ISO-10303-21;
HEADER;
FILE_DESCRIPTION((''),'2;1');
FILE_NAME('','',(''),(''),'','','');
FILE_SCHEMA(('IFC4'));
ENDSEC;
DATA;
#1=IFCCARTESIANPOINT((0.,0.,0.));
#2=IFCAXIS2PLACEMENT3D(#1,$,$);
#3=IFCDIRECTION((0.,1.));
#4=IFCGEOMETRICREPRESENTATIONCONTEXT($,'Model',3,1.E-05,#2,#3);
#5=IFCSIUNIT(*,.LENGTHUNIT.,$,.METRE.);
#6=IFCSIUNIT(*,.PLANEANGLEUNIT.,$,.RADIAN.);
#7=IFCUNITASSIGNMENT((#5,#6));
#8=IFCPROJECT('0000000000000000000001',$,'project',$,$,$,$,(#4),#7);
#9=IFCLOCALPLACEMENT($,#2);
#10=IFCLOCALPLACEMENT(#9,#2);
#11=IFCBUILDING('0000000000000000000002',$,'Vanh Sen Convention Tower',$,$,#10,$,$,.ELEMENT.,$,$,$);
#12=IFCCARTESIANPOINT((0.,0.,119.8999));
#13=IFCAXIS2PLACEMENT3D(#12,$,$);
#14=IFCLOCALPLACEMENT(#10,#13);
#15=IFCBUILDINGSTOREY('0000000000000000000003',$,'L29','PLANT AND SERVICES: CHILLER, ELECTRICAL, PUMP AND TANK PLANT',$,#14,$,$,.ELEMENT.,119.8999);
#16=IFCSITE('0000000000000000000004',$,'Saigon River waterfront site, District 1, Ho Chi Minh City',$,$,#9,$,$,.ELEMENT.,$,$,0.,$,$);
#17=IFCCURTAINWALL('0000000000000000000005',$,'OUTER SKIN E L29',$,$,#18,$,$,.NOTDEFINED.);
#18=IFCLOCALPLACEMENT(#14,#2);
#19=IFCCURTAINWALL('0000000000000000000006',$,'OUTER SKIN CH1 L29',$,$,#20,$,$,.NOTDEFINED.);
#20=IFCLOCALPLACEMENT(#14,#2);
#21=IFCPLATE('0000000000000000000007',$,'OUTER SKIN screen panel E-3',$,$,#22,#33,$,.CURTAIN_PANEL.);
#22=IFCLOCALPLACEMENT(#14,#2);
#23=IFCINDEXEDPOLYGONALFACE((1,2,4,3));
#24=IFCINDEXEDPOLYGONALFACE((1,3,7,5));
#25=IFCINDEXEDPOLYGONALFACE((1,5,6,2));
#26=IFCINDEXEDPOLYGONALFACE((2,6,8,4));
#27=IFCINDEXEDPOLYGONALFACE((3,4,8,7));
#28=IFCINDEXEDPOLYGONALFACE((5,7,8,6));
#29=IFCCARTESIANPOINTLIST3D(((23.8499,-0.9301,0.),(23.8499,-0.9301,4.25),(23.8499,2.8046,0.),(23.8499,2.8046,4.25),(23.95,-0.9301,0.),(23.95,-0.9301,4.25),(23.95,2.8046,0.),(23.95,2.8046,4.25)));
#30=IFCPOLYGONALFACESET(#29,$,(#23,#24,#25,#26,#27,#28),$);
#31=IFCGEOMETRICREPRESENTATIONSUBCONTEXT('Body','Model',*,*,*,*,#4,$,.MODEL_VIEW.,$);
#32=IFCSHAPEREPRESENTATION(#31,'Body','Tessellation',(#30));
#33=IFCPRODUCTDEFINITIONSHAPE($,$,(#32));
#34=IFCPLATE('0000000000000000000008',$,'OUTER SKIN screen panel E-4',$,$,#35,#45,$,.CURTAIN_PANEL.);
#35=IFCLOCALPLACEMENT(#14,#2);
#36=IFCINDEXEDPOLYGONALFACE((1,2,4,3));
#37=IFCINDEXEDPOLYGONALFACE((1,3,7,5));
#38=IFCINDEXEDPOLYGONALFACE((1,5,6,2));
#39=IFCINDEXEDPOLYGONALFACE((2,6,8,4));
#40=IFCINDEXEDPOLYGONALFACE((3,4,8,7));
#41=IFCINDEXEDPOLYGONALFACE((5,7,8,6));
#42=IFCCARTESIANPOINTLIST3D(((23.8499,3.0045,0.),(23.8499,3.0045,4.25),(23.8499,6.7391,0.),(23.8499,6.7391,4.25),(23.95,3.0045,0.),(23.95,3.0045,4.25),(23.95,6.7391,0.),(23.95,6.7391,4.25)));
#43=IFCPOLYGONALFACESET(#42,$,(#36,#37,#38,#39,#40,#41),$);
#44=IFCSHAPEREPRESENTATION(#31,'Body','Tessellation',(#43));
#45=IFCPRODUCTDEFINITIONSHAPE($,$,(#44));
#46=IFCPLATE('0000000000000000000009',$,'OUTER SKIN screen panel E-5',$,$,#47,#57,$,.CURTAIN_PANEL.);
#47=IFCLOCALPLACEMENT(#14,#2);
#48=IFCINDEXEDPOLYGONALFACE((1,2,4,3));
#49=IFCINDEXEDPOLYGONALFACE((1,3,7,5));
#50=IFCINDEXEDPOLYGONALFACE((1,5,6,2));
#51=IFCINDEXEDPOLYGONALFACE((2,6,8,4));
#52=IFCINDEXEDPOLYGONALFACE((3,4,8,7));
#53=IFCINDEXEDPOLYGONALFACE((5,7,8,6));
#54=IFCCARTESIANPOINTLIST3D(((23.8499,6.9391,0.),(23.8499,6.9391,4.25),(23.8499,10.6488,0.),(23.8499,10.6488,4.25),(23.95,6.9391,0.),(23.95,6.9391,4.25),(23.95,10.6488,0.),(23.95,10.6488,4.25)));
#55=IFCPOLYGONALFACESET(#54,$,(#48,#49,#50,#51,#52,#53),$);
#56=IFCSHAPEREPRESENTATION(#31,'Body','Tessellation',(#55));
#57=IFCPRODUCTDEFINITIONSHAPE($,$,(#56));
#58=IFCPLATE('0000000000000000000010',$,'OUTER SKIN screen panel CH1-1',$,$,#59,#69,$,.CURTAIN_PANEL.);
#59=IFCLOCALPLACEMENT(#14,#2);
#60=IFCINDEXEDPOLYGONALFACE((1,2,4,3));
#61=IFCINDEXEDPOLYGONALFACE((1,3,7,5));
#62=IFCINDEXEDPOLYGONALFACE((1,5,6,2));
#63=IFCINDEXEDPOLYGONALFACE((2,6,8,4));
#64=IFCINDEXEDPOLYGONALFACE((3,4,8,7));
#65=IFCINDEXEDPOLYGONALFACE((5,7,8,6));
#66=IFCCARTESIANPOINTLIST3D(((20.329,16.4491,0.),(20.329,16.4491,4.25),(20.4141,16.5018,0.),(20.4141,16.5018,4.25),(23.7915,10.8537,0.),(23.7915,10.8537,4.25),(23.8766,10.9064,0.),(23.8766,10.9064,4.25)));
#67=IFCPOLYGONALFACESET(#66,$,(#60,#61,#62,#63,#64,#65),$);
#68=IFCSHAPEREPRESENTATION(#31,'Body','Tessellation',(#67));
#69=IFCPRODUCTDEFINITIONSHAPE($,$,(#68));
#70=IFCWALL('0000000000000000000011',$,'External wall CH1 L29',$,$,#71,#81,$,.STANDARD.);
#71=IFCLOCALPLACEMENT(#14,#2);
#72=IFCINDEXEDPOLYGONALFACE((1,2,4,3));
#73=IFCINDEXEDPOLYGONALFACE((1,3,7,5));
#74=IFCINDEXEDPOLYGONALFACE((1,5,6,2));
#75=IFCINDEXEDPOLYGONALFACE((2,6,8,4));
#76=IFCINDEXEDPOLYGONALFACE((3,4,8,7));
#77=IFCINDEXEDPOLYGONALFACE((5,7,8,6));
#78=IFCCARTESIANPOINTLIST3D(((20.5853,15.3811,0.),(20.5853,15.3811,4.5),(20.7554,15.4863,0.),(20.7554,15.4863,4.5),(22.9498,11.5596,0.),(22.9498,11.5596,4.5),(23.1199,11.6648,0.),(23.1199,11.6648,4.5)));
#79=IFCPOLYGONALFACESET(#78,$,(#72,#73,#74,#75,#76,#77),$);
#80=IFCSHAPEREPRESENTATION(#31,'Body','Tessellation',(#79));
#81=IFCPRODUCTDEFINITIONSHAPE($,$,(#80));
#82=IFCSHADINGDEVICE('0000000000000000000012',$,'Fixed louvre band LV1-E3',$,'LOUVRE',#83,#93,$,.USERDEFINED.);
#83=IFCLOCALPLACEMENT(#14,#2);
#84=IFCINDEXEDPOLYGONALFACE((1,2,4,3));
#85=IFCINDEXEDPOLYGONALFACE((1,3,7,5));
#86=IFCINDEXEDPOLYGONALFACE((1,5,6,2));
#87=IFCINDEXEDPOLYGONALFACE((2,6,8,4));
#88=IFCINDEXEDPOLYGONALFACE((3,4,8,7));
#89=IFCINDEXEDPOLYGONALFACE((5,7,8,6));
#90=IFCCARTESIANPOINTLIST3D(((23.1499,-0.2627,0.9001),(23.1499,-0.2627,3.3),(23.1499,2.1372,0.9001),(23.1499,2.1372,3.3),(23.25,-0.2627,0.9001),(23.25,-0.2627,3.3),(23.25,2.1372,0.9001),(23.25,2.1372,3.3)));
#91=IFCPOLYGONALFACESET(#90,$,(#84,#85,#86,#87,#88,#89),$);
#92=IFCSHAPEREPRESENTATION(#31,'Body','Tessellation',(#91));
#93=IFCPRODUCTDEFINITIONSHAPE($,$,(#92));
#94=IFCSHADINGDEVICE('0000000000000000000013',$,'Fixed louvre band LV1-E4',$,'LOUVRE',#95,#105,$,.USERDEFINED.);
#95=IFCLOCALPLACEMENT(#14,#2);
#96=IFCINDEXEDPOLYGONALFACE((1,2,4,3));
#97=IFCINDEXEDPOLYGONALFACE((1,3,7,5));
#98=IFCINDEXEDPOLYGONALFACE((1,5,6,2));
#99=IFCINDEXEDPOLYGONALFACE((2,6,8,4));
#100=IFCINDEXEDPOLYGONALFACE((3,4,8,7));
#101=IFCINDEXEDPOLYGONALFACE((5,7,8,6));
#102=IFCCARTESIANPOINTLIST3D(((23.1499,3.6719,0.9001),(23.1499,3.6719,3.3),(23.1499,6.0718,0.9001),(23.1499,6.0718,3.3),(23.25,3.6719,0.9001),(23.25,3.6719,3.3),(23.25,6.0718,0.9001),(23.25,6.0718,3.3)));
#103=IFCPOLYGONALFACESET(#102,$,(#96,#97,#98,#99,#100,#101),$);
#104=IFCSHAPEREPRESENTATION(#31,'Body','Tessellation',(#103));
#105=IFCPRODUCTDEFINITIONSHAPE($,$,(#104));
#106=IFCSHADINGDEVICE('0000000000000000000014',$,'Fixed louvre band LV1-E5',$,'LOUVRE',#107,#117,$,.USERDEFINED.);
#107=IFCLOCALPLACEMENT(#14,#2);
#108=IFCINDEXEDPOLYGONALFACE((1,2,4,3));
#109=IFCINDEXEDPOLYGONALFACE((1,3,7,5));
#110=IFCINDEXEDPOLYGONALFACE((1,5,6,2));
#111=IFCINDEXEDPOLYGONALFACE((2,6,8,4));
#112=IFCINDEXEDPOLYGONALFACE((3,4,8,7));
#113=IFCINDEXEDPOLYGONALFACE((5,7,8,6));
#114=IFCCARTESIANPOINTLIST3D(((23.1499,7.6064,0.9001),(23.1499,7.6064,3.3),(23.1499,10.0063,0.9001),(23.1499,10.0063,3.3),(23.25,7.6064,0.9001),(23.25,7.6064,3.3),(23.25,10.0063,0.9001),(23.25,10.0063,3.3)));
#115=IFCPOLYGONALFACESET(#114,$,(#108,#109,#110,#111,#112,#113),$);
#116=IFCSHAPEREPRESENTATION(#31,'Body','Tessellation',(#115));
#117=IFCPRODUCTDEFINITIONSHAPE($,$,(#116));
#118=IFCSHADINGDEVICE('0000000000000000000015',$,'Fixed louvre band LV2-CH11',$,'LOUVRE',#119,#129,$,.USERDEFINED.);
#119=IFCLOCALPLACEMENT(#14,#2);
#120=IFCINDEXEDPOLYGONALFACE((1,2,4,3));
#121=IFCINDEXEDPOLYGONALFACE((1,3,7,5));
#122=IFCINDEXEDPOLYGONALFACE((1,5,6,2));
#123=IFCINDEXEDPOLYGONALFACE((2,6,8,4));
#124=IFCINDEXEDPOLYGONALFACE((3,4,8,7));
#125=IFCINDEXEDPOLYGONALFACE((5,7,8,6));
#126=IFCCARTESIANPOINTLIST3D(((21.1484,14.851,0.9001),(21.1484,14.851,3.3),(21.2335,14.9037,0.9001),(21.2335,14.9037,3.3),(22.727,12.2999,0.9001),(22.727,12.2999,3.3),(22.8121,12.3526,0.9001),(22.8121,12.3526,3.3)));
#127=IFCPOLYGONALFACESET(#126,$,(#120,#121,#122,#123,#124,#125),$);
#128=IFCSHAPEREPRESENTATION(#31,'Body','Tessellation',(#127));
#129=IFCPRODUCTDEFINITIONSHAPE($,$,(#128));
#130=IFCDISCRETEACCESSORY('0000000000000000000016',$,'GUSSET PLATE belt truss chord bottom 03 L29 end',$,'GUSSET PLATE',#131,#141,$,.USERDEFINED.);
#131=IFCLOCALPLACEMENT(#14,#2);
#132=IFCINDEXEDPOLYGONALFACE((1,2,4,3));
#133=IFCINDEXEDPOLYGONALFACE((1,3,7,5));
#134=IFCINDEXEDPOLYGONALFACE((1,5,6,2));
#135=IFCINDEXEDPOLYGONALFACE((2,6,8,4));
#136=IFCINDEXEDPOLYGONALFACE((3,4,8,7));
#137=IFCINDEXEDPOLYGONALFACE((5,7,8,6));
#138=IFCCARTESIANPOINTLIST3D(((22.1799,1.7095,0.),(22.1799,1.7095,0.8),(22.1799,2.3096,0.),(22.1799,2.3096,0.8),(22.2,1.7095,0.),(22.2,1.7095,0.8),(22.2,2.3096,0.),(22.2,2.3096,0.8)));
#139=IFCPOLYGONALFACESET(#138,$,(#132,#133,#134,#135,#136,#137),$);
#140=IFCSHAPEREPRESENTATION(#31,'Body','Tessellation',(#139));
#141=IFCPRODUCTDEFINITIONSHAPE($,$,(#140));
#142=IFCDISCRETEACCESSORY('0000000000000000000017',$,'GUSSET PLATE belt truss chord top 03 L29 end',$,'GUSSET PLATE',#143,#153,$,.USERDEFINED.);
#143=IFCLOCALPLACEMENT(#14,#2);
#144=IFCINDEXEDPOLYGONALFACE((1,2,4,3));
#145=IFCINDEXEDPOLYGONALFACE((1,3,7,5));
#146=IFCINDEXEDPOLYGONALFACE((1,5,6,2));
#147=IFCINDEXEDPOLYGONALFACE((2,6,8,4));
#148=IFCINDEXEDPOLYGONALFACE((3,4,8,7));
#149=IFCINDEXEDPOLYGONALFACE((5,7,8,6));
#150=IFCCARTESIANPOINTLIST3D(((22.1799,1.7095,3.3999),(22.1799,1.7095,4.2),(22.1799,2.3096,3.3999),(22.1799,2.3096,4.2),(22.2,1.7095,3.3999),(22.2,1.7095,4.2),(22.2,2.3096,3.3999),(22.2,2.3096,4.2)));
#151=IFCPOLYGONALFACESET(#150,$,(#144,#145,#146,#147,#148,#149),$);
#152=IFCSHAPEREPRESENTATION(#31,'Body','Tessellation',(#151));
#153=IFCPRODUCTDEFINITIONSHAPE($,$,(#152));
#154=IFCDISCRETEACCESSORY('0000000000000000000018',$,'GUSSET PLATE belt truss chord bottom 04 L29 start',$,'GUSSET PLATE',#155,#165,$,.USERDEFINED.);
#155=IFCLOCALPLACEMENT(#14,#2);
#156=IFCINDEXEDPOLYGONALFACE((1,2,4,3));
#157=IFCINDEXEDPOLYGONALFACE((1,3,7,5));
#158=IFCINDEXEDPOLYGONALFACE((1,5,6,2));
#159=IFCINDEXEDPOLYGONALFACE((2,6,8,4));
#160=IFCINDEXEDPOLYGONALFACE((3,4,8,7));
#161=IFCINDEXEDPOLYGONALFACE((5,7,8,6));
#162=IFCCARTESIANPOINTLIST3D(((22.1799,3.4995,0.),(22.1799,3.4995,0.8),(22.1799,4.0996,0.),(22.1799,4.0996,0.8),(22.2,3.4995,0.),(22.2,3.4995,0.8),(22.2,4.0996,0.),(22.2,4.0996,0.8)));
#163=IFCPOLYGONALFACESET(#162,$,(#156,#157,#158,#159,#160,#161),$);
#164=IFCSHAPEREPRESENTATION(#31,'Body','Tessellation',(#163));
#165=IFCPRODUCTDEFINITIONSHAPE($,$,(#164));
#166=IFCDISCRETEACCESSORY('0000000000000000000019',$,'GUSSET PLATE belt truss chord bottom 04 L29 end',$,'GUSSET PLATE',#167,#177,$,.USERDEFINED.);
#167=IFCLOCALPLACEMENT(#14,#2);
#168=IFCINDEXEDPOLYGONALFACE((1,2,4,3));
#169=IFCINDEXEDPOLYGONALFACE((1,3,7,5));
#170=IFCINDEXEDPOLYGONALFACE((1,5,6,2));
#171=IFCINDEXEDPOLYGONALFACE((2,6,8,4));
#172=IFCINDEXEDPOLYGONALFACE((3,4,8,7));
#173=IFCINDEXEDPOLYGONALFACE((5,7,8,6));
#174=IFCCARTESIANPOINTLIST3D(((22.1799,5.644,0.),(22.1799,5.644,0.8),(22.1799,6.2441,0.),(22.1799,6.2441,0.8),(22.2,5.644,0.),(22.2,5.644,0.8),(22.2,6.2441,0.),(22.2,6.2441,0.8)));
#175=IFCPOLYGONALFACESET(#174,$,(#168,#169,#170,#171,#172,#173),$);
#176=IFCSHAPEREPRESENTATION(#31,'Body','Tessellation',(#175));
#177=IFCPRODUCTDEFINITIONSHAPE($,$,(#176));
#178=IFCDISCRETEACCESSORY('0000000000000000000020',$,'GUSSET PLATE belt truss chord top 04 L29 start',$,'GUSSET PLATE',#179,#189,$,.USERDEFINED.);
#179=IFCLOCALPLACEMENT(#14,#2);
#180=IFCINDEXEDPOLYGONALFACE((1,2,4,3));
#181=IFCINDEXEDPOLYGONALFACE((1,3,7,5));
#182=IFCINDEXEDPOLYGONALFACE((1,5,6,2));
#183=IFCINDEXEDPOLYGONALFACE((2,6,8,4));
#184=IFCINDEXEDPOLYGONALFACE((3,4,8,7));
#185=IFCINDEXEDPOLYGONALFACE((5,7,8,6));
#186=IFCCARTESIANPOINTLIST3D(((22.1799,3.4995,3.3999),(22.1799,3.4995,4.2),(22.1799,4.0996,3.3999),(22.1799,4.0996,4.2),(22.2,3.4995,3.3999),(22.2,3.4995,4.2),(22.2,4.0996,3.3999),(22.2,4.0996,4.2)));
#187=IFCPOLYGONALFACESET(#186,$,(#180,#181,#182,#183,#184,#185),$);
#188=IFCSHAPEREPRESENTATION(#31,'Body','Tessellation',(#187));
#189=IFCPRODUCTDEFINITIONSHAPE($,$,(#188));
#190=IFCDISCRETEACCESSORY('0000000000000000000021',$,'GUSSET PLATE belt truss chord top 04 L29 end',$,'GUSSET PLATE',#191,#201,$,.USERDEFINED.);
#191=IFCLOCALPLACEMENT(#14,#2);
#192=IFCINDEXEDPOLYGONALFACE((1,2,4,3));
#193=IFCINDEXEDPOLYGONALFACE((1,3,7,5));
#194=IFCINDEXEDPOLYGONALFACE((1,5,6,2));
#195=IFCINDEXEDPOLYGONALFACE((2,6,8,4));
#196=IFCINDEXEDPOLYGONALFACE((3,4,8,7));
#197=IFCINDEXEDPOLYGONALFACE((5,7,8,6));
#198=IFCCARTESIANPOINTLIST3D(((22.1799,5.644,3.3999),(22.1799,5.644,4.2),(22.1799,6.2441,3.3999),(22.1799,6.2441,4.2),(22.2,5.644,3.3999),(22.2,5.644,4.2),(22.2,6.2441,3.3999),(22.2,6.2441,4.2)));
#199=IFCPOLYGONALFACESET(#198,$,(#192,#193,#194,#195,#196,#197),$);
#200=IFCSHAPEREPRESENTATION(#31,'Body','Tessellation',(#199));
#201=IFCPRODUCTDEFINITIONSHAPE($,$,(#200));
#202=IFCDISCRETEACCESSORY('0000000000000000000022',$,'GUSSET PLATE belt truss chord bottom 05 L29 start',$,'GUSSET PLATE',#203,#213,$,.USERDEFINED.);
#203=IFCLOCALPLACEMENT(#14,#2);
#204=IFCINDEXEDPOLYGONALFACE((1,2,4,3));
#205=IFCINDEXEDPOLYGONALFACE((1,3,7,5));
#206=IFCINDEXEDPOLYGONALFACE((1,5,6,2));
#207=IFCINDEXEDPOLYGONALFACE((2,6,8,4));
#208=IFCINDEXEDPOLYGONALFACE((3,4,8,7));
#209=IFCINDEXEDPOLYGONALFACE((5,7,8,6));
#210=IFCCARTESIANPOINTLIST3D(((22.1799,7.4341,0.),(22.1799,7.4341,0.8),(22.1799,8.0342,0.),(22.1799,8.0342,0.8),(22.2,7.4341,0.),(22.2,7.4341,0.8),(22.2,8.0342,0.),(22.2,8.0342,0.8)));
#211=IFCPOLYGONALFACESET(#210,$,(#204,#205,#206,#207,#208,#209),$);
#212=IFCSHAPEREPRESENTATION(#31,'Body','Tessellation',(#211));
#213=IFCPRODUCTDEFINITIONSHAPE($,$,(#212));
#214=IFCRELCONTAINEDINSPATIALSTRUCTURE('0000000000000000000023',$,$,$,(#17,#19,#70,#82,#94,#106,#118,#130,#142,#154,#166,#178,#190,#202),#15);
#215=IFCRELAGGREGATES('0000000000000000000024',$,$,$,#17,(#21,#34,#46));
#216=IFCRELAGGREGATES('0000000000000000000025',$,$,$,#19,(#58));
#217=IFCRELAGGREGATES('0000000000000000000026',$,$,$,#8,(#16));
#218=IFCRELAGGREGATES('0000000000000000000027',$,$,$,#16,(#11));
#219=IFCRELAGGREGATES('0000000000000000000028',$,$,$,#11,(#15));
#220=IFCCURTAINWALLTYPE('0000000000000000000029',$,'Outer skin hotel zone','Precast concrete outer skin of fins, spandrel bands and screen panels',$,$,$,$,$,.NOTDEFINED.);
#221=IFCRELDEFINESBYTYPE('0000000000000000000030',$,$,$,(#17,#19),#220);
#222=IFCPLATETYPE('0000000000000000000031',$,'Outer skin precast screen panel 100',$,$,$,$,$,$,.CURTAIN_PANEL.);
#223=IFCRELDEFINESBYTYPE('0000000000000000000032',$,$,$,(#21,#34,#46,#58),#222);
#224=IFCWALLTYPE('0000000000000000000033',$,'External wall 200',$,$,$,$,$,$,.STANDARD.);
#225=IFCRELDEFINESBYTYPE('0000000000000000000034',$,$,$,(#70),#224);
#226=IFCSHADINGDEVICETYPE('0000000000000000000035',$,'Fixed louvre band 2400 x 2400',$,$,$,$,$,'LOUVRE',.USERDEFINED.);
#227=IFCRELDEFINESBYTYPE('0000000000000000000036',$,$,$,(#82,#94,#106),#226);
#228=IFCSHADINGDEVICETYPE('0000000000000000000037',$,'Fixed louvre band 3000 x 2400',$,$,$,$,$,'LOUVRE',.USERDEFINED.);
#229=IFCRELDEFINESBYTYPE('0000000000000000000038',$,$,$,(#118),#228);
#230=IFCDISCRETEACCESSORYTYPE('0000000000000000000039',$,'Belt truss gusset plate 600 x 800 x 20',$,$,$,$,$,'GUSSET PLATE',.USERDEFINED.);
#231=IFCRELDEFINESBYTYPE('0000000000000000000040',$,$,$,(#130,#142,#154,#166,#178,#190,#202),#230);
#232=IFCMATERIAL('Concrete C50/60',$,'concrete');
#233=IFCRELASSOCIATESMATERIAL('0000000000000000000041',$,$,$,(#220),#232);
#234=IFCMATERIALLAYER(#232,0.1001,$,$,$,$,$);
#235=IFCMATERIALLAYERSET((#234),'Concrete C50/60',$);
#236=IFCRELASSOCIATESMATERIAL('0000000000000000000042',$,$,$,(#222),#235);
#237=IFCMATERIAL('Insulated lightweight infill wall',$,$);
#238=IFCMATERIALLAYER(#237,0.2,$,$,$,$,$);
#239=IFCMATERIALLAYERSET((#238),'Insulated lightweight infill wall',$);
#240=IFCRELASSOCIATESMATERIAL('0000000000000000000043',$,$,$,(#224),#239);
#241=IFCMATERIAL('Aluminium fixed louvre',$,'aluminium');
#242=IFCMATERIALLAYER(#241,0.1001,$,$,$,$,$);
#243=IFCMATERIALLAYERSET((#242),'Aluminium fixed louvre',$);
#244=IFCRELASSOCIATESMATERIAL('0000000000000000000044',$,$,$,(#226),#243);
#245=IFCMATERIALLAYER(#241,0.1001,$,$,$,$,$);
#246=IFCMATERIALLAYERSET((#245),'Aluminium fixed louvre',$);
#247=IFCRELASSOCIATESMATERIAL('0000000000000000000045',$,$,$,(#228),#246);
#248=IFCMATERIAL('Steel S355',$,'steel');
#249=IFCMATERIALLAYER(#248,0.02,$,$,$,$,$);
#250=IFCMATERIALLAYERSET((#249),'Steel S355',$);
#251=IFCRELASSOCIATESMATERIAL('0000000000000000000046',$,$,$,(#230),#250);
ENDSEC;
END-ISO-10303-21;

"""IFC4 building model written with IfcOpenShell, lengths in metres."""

from ifc_helpers import new_model, si_unit, direction, frame, frame_2d, origin, origin_2d, place, context, subcontext, project, spatial, rectangle, extrude, material, layer, layer_set, type_object, element, aggregate, save


model = new_model("IFC4")

# Units and contexts
model_context = context("Model", 3, precision=1e-05, world=origin(), true_north=direction((0.0, 1.0)))
body_context = subcontext(model_context, "Body", "Model", "MODEL_VIEW")
ifc_project = project(units=[si_unit("LENGTHUNIT", "METRE"), si_unit("PLANEANGLEUNIT", "RADIAN")], contexts=[model_context])

# Site, building, storey
site_placement = place(None, origin())
site = spatial("IfcSite", under=ifc_project, at=site_placement, Name="Saigon River waterfront site, District 1, Ho Chi Minh City", CompositionType="ELEMENT", RefElevation=0.0)
building_placement = place(site_placement, origin())
building = spatial("IfcBuilding", under=site, at=building_placement, Name="Vanh Sen Convention Tower", CompositionType="ELEMENT")
storey_placement = place(building_placement, frame((0.0, 0.0, 119.8999)))
storey = spatial("IfcBuildingStorey", under=building, at=storey_placement, Name="L29", Description="PLANT AND SERVICES: CHILLER, ELECTRICAL, PUMP AND TANK PLANT", CompositionType="ELEMENT", Elevation=119.8999)

# Shared definitions
ifc_material_1 = material(Name="Steel S355", Category="steel")

# Curtain wall
ifc_material_2 = material(Name="Concrete C50/60", Category="concrete")
curtain_wall_type = type_object("IfcCurtainWallType", Name="Outer skin hotel zone", Description="Precast concrete outer skin of fins, spandrel bands and screen panels", PredefinedType="NOTDEFINED", material=ifc_material_2)
curtain_wall_1_placement = place(storey_placement, origin())
curtain_wall_1 = element("IfcCurtainWall", 1, at=curtain_wall_1_placement, inside=storey, type_object=curtain_wall_type, Name="OUTER SKIN E L29", PredefinedType="NOTDEFINED")

# Curtain wall
curtain_wall_2_placement = place(storey_placement, origin())
curtain_wall_2 = element("IfcCurtainWall", 2, at=curtain_wall_2_placement, inside=storey, type_object=curtain_wall_type, Name="OUTER SKIN CH1 L29", PredefinedType="NOTDEFINED")

# Plates
ifc_layer_1 = layer(ifc_material_2, 0.1001)
ifc_layer_set_1 = layer_set([ifc_layer_1], Name="Concrete C50/60")
plate_type = type_object("IfcPlateType", Name="Outer skin precast screen panel 100", PredefinedType="CURTAIN_PANEL", material=ifc_layer_set_1)
plate_1_placement = place(storey_placement, frame((23.8999, 0.9373, 0.0), z_axis=(0.0, 0.0, 1.0), x_axis=(0.0, 1.0, 0.0)))
plate_1 = element("IfcPlate", 3, at=plate_1_placement, type_object=plate_type, Name="OUTER SKIN screen panel E-3", PredefinedType="CURTAIN_PANEL", context=body_context, shape_type="SweptSolid", body=[
    extrude(rectangle(XDim=3.7346, YDim=0.1001, at=origin_2d()), origin(), (0.0, 0.0, 1.0), 4.25),
])
plate_2_placement = place(storey_placement, frame((23.8999, 4.8718, 0.0), z_axis=(0.0, 0.0, 1.0), x_axis=(0.0, 1.0, 0.0)))
plate_2 = element("IfcPlate", 4, at=plate_2_placement, type_object=plate_type, Name="OUTER SKIN screen panel E-4", PredefinedType="CURTAIN_PANEL", context=body_context, shape_type="SweptSolid", body=[
    extrude(rectangle(XDim=3.7346, YDim=0.1001, at=origin_2d()), origin(), (0.0, 0.0, 1.0), 4.25),
])
plate_3_placement = place(storey_placement, frame((23.8999, 8.7939, 0.0), z_axis=(0.0, 0.0, 1.0), x_axis=(0.0, 1.0, 0.0)))
plate_3 = element("IfcPlate", 5, at=plate_3_placement, type_object=plate_type, Name="OUTER SKIN screen panel E-5", PredefinedType="CURTAIN_PANEL", context=body_context, shape_type="SweptSolid", body=[
    extrude(rectangle(XDim=3.7097, YDim=0.1001, at=origin_2d()), origin(), (0.0, 0.0, 1.0), 4.25),
])
aggregate(curtain_wall_1, [plate_1, plate_2, plate_3])
plate_4_placement = place(storey_placement, frame((22.1028, 13.6777, 0.0), z_axis=(0.0, 0.0, 1.0), x_axis=(-0.526212, 0.850353, 0.0)))
plate_4 = element("IfcPlate", 6, at=plate_4_placement, type_object=plate_type, Name="OUTER SKIN screen panel CH1-1", PredefinedType="CURTAIN_PANEL", context=body_context, shape_type="SweptSolid", body=[
    extrude(rectangle(XDim=6.5801, YDim=0.1001, at=origin_2d()), origin(), (0.0, 0.0, 1.0), 4.25),
])
aggregate(curtain_wall_2, [plate_4])

# Wall
ifc_material_3 = material(Name="Insulated lightweight infill wall")
ifc_layer_2 = layer(ifc_material_3, 0.2)
ifc_layer_set_2 = layer_set([ifc_layer_2], Name="Insulated lightweight infill wall")
wall_type = type_object("IfcWallType", Name="External wall 200", PredefinedType="STANDARD", material=ifc_layer_set_2)
wall_placement = place(storey_placement, frame((23.0349, 11.6121, 0.0), z_axis=(0.0, 0.0, 1.0), x_axis=(-0.52616, 0.850386, 0.0)))
element("IfcWall", 7, at=wall_placement, inside=storey, type_object=wall_type, Name="External wall CH1 L29", PredefinedType="STANDARD", context=body_context, shape_type="SweptSolid", body=[
    extrude(rectangle(XDim=4.4939, YDim=0.2, at=frame_2d((2.2471, 0.0))), origin(), (0.0, 0.0, 1.0), 4.5),
])

# Shading devices
ifc_material_4 = material(Name="Aluminium fixed louvre", Category="aluminium")
ifc_layer_3 = layer(ifc_material_4, 0.1001)
ifc_layer_set_3 = layer_set([ifc_layer_3], Name="Aluminium fixed louvre")
shading_device_type_1 = type_object("IfcShadingDeviceType", Name="Fixed louvre band 2400 x 2400", ElementType="LOUVRE", PredefinedType="USERDEFINED", material=ifc_layer_set_3)
for number, where, z_axis, x_axis, name in (
    (8, (23.2, 0.9373, 0.9001), (0.0, 0.0, 1.0), (0.0, 1.0, 0.0), "Fixed louvre band LV1-E3"),
    (9, (23.2, 4.8718, 0.9001), (0.0, 0.0, 1.0), (0.0, 1.0, 0.0), "Fixed louvre band LV1-E4"),
    (10, (23.2, 8.8064, 0.9001), (0.0, 0.0, 1.0), (0.0, 1.0, 0.0), "Fixed louvre band LV1-E5"),
):
    element("IfcShadingDevice", number, at=place(storey_placement, frame(where, z_axis=z_axis, x_axis=x_axis)), inside=storey, type_object=shading_device_type_1, Name=name, ObjectType="LOUVRE", PredefinedType="USERDEFINED", context=body_context, shape_type="SweptSolid", body=[
        extrude(rectangle(XDim=2.3999, YDim=0.1001, at=origin_2d()), origin(), (0.0, 0.0, 1.0), 2.3999),
    ])
ifc_layer_4 = layer(ifc_material_4, 0.1001)
ifc_layer_set_4 = layer_set([ifc_layer_4], Name="Aluminium fixed louvre")
shading_device_type_2 = type_object("IfcShadingDeviceType", Name="Fixed louvre band 3000 x 2400", ElementType="LOUVRE", PredefinedType="USERDEFINED", material=ifc_layer_set_4)
shading_device_placement = place(storey_placement, frame((21.9802, 13.6018, 0.9001), z_axis=(0.0, 0.0, 1.0), x_axis=(-0.526209, 0.850355, 0.0)))
element("IfcShadingDevice", 11, at=shading_device_placement, inside=storey, type_object=shading_device_type_2, Name="Fixed louvre band LV2-CH11", ObjectType="LOUVRE", PredefinedType="USERDEFINED", context=body_context, shape_type="SweptSolid", body=[
    extrude(rectangle(XDim=3.0, YDim=0.1001, at=origin_2d()), origin(), (0.0, 0.0, 1.0), 2.3999),
])

# Discrete accessories
ifc_layer_5 = layer(ifc_material_1, 0.02)
ifc_layer_set_5 = layer_set([ifc_layer_5], Name="Steel S355")
discrete_accessory_type_1 = type_object("IfcDiscreteAccessoryType", Name="Belt truss gusset plate 600 x 800 x 20", ElementType="GUSSET PLATE", PredefinedType="USERDEFINED", material=ifc_layer_set_5)
for number, where, z_axis, x_axis, name in (
    (12, (22.1899, 2.0095, 0.0), (0.0, 0.0, 1.0), (0.0, -1.0, 0.0), "GUSSET PLATE belt truss chord bottom 03 L29 end"),
    (13, (22.1899, 2.0095, 3.3999), (0.0, 0.0, 1.0), (0.0, -1.0, 0.0), "GUSSET PLATE belt truss chord top 03 L29 end"),
    (14, (22.1899, 3.7996, 0.0), (0.0, 0.0, 1.0), (0.0, 1.0, 0.0), "GUSSET PLATE belt truss chord bottom 04 L29 start"),
    (15, (22.1899, 5.9441, 0.0), (0.0, 0.0, 1.0), (0.0, -1.0, 0.0), "GUSSET PLATE belt truss chord bottom 04 L29 end"),
    (16, (22.1899, 3.7996, 3.3999), (0.0, 0.0, 1.0), (0.0, 1.0, 0.0), "GUSSET PLATE belt truss chord top 04 L29 start"),
    (17, (22.1899, 5.9441, 3.3999), (0.0, 0.0, 1.0), (0.0, -1.0, 0.0), "GUSSET PLATE belt truss chord top 04 L29 end"),
    (18, (22.1899, 7.7341, 0.0), (0.0, 0.0, 1.0), (0.0, 1.0, 0.0), "GUSSET PLATE belt truss chord bottom 05 L29 start"),
):
    element("IfcDiscreteAccessory", number, at=place(storey_placement, frame(where, z_axis=z_axis, x_axis=x_axis)), inside=storey, type_object=discrete_accessory_type_1, Name=name, ObjectType="GUSSET PLATE", PredefinedType="USERDEFINED", context=body_context, shape_type="SweptSolid", body=[
        extrude(rectangle(XDim=0.6001, YDim=0.02, at=origin_2d()), origin(), (0.0, 0.0, 1.0), 0.8),
    ])

save(model, "model.ifc")
